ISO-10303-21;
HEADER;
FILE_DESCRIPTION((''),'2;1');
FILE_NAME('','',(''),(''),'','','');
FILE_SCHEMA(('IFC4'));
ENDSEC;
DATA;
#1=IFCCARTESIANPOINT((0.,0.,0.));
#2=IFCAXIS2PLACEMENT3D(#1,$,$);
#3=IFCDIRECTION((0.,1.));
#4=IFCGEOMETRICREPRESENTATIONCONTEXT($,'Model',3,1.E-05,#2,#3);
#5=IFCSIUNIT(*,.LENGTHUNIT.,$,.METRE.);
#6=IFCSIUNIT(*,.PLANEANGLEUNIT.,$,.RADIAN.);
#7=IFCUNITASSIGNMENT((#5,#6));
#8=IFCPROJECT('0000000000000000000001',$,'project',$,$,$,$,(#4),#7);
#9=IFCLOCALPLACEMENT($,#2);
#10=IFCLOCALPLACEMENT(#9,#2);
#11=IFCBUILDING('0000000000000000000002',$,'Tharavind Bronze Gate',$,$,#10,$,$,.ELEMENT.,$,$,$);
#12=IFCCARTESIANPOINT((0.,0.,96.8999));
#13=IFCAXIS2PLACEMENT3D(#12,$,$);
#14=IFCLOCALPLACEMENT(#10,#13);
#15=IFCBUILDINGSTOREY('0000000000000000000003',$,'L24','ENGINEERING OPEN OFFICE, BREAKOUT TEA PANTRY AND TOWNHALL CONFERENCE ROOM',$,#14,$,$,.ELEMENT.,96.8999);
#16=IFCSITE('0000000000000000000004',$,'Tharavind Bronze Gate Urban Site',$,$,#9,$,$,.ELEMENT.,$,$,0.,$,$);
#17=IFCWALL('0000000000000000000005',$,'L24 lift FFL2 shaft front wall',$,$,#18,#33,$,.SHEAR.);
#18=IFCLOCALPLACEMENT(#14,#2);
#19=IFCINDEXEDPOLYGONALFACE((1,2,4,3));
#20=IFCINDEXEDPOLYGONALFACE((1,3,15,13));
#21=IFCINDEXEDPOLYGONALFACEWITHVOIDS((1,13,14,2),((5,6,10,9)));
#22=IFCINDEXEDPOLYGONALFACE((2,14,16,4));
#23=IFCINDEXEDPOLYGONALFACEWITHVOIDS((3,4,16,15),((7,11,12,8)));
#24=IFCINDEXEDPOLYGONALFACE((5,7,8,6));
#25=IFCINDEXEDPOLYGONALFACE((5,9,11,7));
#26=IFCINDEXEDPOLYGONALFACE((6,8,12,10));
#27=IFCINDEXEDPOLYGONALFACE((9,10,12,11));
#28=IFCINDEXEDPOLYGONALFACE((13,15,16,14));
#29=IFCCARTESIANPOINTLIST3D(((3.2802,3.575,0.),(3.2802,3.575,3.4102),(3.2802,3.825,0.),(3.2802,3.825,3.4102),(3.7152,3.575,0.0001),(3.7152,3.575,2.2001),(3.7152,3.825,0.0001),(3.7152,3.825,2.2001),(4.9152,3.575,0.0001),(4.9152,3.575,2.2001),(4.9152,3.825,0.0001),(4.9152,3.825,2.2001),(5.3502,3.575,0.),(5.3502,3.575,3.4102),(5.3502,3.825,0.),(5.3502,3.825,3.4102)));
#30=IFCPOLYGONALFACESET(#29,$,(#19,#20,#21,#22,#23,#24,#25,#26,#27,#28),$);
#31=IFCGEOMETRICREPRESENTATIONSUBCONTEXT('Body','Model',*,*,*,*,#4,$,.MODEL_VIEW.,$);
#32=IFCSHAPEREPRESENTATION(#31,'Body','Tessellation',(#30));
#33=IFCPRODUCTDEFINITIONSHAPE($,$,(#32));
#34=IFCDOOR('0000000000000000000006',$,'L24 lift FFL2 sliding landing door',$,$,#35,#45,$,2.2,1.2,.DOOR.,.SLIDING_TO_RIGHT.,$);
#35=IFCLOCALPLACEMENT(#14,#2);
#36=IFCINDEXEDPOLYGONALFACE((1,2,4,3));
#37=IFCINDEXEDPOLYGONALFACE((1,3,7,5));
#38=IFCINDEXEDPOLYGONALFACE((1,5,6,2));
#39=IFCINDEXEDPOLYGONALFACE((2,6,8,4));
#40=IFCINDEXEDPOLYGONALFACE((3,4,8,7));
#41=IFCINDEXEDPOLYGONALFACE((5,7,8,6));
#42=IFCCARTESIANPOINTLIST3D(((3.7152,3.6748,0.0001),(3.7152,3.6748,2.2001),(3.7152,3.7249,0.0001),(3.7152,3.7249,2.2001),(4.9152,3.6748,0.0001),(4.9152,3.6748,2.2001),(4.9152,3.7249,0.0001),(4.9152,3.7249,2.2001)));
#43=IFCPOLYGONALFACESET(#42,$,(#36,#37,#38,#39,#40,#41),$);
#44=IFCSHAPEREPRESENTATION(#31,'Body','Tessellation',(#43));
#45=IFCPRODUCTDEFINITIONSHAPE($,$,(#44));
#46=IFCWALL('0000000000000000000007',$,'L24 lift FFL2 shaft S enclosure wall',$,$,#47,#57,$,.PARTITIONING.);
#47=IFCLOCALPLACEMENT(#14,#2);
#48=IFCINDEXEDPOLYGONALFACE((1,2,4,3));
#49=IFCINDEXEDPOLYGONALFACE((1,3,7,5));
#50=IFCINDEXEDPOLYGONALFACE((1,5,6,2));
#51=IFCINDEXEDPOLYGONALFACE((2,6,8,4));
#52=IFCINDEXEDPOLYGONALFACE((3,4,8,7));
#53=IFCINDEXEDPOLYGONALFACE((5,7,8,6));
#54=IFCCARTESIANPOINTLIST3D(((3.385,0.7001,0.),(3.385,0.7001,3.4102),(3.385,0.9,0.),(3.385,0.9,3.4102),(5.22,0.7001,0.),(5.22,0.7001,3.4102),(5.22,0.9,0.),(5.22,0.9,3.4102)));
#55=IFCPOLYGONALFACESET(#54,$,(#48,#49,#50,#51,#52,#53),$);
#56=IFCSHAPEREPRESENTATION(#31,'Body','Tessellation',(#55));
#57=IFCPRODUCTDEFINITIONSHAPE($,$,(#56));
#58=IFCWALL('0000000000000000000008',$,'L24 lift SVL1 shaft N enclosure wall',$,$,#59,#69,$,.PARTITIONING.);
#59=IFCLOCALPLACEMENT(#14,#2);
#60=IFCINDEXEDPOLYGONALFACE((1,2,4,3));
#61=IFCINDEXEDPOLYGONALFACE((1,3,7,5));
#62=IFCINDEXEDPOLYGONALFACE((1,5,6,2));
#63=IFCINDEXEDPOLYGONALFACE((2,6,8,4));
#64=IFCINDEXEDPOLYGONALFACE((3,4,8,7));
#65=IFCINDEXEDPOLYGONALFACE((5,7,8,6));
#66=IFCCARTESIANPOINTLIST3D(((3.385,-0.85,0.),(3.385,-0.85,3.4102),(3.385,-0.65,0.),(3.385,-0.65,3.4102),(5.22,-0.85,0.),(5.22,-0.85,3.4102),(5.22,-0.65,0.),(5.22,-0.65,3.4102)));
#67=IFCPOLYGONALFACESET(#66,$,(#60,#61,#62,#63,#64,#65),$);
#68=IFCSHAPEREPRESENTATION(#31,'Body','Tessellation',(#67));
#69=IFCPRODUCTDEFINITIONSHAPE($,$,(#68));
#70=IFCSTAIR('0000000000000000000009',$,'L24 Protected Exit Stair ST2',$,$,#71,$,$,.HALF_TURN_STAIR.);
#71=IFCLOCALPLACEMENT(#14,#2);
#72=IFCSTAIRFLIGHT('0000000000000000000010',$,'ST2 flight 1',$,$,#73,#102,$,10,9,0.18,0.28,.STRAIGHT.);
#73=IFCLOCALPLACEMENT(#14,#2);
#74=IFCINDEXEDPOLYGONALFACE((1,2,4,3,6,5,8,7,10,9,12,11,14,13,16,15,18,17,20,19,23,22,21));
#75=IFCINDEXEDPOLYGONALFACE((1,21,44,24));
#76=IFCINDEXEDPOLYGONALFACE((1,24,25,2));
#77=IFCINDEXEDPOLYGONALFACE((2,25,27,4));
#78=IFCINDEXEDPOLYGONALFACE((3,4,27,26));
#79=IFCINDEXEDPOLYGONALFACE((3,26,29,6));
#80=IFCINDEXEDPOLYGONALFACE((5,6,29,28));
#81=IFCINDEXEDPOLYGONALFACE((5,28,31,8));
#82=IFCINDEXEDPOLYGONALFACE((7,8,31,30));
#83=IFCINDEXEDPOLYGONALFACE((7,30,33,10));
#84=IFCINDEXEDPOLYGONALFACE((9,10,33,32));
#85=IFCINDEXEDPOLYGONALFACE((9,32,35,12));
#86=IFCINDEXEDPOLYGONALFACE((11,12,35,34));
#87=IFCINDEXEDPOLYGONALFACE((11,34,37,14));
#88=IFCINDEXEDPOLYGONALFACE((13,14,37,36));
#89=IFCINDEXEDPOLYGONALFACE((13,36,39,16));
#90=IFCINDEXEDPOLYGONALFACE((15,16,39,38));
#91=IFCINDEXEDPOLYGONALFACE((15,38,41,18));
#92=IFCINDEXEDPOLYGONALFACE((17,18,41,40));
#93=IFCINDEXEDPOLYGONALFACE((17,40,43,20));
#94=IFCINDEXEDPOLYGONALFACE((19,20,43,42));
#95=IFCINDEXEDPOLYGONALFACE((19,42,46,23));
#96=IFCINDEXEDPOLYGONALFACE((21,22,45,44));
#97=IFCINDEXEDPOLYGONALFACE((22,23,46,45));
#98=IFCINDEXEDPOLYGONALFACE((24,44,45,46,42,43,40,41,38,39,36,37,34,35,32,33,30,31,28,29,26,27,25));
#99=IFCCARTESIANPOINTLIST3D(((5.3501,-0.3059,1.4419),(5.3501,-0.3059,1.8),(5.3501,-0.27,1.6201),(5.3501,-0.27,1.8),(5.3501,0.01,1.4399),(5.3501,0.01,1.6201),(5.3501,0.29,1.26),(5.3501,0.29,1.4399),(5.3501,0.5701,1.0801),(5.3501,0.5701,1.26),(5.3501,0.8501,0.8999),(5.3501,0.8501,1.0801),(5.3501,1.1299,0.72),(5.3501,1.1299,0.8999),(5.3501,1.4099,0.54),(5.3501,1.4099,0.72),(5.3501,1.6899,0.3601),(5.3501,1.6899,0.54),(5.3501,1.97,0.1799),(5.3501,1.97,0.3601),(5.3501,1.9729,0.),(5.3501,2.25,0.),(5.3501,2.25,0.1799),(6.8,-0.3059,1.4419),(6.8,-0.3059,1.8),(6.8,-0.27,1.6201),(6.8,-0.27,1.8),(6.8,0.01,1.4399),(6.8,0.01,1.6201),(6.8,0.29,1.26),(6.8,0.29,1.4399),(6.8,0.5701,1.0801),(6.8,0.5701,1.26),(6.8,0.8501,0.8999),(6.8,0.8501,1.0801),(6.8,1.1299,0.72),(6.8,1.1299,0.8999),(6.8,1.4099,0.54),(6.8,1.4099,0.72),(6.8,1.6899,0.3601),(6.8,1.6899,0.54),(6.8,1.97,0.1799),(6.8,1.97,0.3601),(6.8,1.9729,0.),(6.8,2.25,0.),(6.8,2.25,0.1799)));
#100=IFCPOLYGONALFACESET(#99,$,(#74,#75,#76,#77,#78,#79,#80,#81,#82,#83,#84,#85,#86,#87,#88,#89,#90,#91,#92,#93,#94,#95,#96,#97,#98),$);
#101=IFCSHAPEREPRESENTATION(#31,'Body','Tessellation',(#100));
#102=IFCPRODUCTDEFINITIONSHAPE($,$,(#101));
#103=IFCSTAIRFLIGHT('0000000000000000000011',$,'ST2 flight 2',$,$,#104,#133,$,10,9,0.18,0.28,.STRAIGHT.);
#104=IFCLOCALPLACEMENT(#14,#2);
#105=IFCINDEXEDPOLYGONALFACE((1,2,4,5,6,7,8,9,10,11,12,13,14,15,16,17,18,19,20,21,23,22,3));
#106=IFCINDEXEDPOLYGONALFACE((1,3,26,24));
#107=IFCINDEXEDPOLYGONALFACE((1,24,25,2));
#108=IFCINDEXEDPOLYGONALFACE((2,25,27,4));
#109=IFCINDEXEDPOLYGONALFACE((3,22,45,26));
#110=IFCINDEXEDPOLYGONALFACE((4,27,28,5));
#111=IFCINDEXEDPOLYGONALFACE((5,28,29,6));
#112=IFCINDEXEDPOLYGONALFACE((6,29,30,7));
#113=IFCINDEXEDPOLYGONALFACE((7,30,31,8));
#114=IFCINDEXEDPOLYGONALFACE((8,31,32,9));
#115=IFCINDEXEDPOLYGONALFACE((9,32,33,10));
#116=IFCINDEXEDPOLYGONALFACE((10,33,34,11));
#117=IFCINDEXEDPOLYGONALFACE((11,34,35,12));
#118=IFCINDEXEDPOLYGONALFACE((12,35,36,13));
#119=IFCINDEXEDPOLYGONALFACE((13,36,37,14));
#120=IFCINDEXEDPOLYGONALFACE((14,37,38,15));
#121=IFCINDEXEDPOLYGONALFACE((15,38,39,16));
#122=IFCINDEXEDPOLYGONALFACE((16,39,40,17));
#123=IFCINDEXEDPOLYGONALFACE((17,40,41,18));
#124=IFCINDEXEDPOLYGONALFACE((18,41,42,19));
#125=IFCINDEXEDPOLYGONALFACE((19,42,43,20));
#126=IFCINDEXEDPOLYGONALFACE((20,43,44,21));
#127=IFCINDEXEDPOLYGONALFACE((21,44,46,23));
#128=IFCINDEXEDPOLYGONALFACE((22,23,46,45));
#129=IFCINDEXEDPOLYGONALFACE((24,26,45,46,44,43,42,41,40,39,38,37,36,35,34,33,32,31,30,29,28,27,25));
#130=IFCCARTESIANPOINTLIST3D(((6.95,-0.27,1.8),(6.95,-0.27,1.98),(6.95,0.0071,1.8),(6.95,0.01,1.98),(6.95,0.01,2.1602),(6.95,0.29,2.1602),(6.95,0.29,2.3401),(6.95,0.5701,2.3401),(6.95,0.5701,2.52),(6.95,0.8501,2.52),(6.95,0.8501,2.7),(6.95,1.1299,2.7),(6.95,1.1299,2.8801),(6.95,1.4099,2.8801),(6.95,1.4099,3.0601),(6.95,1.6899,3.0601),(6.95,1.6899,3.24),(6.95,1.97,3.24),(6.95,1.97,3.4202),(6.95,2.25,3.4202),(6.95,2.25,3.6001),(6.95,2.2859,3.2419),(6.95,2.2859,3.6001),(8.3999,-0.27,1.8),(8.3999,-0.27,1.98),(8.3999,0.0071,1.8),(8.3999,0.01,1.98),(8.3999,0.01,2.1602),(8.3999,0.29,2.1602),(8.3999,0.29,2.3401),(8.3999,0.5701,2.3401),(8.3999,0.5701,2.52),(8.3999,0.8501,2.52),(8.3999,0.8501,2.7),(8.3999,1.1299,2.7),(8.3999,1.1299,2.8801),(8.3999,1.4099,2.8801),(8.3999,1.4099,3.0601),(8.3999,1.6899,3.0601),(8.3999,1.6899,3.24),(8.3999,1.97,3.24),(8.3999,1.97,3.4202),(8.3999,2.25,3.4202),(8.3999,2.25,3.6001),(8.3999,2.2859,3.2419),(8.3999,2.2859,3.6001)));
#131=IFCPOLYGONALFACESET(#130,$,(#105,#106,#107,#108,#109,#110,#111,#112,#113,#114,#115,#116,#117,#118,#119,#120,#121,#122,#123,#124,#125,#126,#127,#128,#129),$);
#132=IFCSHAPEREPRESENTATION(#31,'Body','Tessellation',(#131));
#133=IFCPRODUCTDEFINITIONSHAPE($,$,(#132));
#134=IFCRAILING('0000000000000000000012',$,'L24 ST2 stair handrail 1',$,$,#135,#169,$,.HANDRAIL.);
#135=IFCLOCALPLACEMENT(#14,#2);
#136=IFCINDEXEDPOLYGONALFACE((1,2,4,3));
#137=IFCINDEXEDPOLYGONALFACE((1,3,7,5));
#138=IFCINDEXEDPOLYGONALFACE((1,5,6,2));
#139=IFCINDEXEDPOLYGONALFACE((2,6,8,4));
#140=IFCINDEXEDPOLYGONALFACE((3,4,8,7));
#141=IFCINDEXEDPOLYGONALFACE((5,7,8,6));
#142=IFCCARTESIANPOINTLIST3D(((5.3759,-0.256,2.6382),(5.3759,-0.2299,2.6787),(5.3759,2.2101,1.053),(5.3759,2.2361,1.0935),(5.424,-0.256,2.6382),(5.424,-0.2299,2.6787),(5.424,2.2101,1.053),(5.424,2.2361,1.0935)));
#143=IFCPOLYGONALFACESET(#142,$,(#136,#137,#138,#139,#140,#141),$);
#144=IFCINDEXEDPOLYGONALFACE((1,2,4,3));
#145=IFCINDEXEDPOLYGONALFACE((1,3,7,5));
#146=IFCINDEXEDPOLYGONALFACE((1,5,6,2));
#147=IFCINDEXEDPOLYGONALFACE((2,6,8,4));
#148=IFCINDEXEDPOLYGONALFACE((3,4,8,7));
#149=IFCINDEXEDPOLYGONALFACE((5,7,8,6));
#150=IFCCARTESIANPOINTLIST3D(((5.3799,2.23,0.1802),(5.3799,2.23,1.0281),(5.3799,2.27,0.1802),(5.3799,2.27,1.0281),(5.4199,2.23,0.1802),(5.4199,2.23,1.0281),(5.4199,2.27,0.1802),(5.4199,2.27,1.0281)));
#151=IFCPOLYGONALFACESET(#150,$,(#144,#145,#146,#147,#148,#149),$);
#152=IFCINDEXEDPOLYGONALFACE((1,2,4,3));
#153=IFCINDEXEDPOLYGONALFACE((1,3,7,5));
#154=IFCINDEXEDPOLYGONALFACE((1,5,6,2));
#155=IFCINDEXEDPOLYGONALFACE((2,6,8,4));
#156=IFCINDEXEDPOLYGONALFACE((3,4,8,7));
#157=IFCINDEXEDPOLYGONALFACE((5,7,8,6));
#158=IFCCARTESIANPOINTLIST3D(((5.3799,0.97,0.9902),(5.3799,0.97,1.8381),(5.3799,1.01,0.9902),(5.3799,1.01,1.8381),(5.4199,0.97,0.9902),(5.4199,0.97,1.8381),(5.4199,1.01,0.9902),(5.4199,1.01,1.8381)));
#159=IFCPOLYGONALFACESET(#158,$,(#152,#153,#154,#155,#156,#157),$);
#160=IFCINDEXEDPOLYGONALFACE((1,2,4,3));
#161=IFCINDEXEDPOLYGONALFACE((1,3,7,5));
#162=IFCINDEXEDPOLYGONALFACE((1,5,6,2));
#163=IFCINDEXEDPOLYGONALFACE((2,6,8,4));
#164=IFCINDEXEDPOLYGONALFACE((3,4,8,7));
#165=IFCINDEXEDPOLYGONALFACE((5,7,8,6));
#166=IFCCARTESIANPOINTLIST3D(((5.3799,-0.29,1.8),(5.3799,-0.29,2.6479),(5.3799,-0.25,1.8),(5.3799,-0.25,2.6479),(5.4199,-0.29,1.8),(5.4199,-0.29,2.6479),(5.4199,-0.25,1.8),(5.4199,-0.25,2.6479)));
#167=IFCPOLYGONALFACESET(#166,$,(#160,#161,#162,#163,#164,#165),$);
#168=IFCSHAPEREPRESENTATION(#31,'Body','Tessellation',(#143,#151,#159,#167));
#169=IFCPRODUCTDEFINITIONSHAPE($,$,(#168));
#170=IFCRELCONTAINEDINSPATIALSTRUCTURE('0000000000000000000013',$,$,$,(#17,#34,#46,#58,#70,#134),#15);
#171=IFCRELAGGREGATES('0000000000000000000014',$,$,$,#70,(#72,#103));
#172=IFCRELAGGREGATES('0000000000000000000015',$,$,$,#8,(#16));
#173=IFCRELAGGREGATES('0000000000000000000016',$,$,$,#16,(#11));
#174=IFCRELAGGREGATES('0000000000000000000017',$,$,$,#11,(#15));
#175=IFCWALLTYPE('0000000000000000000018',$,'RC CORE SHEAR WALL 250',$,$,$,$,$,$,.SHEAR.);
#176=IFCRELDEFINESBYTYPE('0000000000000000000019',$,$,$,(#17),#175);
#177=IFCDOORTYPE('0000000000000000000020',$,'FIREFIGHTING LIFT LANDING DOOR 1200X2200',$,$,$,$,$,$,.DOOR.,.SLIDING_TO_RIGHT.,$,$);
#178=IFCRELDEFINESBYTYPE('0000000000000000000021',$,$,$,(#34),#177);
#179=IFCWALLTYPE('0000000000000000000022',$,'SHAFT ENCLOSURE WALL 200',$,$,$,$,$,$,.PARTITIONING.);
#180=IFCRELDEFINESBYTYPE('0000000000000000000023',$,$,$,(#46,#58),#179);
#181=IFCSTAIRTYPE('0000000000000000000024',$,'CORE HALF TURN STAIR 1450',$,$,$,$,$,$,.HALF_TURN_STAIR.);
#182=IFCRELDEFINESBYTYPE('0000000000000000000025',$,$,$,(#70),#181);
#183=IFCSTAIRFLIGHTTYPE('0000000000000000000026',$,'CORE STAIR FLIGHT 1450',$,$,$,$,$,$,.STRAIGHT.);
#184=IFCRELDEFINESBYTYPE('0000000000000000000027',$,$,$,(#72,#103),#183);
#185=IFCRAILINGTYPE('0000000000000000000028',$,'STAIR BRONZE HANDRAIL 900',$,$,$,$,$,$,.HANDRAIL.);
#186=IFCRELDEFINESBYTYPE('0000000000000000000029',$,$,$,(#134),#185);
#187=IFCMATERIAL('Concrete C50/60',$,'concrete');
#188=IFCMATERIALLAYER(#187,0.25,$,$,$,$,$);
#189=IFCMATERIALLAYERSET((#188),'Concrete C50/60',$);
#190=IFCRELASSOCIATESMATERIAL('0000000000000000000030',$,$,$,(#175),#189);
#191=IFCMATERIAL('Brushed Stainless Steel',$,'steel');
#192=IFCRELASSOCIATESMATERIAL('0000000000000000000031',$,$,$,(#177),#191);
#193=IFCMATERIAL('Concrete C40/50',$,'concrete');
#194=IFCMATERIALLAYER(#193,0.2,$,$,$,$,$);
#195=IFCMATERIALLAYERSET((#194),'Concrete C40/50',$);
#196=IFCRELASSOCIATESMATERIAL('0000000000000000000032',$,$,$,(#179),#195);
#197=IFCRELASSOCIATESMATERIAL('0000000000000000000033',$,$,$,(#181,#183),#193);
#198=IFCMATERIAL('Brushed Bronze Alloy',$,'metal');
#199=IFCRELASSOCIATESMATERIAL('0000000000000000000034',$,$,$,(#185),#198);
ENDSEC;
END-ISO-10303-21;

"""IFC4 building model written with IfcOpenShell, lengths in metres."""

from ifc_helpers import new_model, si_unit, direction, frame, frame_2d, origin, origin_2d, place, context, subcontext, project, spatial, polyline, rectangle, outline, extrude, material, layer, layer_set, type_object, element, fill, aggregate, save


model = new_model("IFC4")

# Units and contexts
model_context = context("Model", 3, precision=1e-05, world=origin(), true_north=direction((0.0, 1.0)))
body_context = subcontext(model_context, "Body", "Model", "MODEL_VIEW")
ifc_project = project(units=[si_unit("LENGTHUNIT", "METRE"), si_unit("PLANEANGLEUNIT", "RADIAN")], contexts=[model_context])

# Site, building, storey
site_placement = place(None, origin())
site = spatial("IfcSite", under=ifc_project, at=site_placement, Name="Tharavind Bronze Gate Urban Site", CompositionType="ELEMENT", RefElevation=0.0)
building_placement = place(site_placement, origin())
building = spatial("IfcBuilding", under=site, at=building_placement, Name="Tharavind Bronze Gate", CompositionType="ELEMENT")
storey_placement = place(building_placement, frame((0.0, 0.0, 96.8999)))
storey = spatial("IfcBuildingStorey", under=building, at=storey_placement, Name="L24", Description="ENGINEERING OPEN OFFICE, BREAKOUT TEA PANTRY AND TOWNHALL CONFERENCE ROOM", CompositionType="ELEMENT", Elevation=96.8999)

# Wall, opening, door
ifc_material_1 = material(Name="Concrete C50/60", Category="concrete")
ifc_layer_1 = layer(ifc_material_1, 0.25)
ifc_layer_set_1 = layer_set([ifc_layer_1], Name="Concrete C50/60")
wall_type_1 = type_object("IfcWallType", Name="RC CORE SHEAR WALL 250", PredefinedType="SHEAR", material=ifc_layer_set_1)
wall_placement = place(storey_placement, frame((3.28, 3.7, 0.0), z_axis=(0.0, 0.0, 1.0), x_axis=(1.0, 0.0, 0.0)))
wall = element("IfcWall", 1, at=wall_placement, inside=storey, type_object=wall_type_1, Name="L24 lift FFL2 shaft front wall", PredefinedType="SHEAR", context=body_context, shape_type="SweptSolid", body=[
    extrude(rectangle(XDim=2.0701, YDim=0.25, at=frame_2d((1.0352, 0.0))), origin(), (0.0, 0.0, 1.0), 3.4102),
])
opening_placement = place(wall_placement, frame((0.4351, 0.0, 0.0)))
opening = element("IfcOpeningElement", 2, at=opening_placement, cuts=wall, PredefinedType="OPENING", context=body_context, shape_type="SweptSolid", body=[
    extrude(rectangle(XDim=1.2, YDim=2.2, at=frame_2d((0.6001, 1.1001))), frame((0.0, 0.135, 0.0), z_axis=(0.0, -1.0, 0.0), x_axis=(1.0, 0.0, 0.0)), (0.0, 0.0, 1.0), 0.27),
])
ifc_material_2 = material(Name="Brushed Stainless Steel", Category="steel")
door_type = type_object("IfcDoorType", Name="FIREFIGHTING LIFT LANDING DOOR 1200X2200", OperationType="SLIDING_TO_RIGHT", PredefinedType="DOOR", material=ifc_material_2)
door_placement = place(opening_placement, origin())
door = element("IfcDoor", 3, at=door_placement, inside=storey, type_object=door_type, Name="L24 lift FFL2 sliding landing door", OperationType="SLIDING_TO_RIGHT", OverallHeight=2.2, OverallWidth=1.2, PredefinedType="DOOR", context=body_context, shape_type="SweptSolid", body=[
    extrude(rectangle(XDim=1.2, YDim=2.2, at=frame_2d((0.6001, 1.1001))), frame((0.0, 0.0249, 0.0), z_axis=(0.0, -1.0, 0.0), x_axis=(1.0, 0.0, 0.0)), (0.0, 0.0, 1.0), 0.05),
])
fill(opening, door)

# Walls
ifc_material_3 = material(Name="Concrete C40/50", Category="concrete")
ifc_layer_2 = layer(ifc_material_3, 0.2)
ifc_layer_set_2 = layer_set([ifc_layer_2], Name="Concrete C40/50")
wall_type_2 = type_object("IfcWallType", Name="SHAFT ENCLOSURE WALL 200", PredefinedType="PARTITIONING", material=ifc_layer_set_2)
for number, where, z_axis, x_axis, name in (
    (4, (3.385, 0.8, 0.0), (0.0, 0.0, 1.0), (1.0, 0.0, 0.0), "L24 lift FFL2 shaft S enclosure wall"),
    (5, (3.385, -0.75, 0.0), (0.0, 0.0, 1.0), (1.0, 0.0, 0.0), "L24 lift SVL1 shaft N enclosure wall"),
):
    element("IfcWall", number, at=place(storey_placement, frame(where, z_axis=z_axis, x_axis=x_axis)), inside=storey, type_object=wall_type_2, Name=name, PredefinedType="PARTITIONING", context=body_context, shape_type="SweptSolid", body=[
        extrude(rectangle(XDim=1.835, YDim=0.2, at=frame_2d((0.9175, 0.0))), origin(), (0.0, 0.0, 1.0), 3.4102),
    ])

# Stair, stair flights
stair_type = type_object("IfcStairType", Name="CORE HALF TURN STAIR 1450", PredefinedType="HALF_TURN_STAIR", material=ifc_material_3)
stair_placement = place(storey_placement, origin())
stair = element("IfcStair", 6, at=stair_placement, inside=storey, type_object=stair_type, Name="L24 Protected Exit Stair ST2", PredefinedType="HALF_TURN_STAIR")
stair_flight_type = type_object("IfcStairFlightType", Name="CORE STAIR FLIGHT 1450", PredefinedType="STRAIGHT", material=ifc_material_3)
stair_flight_1_placement = place(storey_placement, frame((6.075, 2.25, 0.0), z_axis=(0.0, 0.0, 1.0), x_axis=(0.0, -1.0, 0.0)))
stair_flight_1 = element("IfcStairFlight", 7, at=stair_flight_1_placement, type_object=stair_flight_type, Name="ST2 flight 1", NumberOfRisers=10, NumberOfTreads=9, PredefinedType="STRAIGHT", RiserHeight=0.18, TreadLength=0.28, context=body_context, shape_type="SweptSolid", body=[
    extrude(outline(polyline([(0.0, 0.0), (0.0, 0.1799), (0.28, 0.1799), (0.28, 0.3601), (0.5601, 0.3601), (0.5601, 0.54), (0.8401, 0.54), (0.8401, 0.72), (1.1201, 0.72), (1.1201, 0.8999), (1.3999, 0.8999), (1.3999, 1.0801), (1.6799, 1.0801), (1.6799, 1.26), (1.96, 1.26), (1.96, 1.4399), (2.24, 1.4399), (2.24, 1.6201), (2.52, 1.6201), (2.52, 1.8), (2.5559, 1.8), (2.5559, 1.4419), (0.2771, 0.0), (0.0, 0.0)])), frame((0.0, 0.7251, 0.0), z_axis=(0.0, -1.0, 0.0), x_axis=(1.0, 0.0, 0.0)), (0.0, 0.0, 1.0), 1.45),
])
stair_flight_2_placement = place(storey_placement, frame((7.675, -0.27, 1.8), z_axis=(0.0, 0.0, 1.0), x_axis=(0.0, 1.0, 0.0)))
stair_flight_2 = element("IfcStairFlight", 8, at=stair_flight_2_placement, type_object=stair_flight_type, Name="ST2 flight 2", NumberOfRisers=10, NumberOfTreads=9, PredefinedType="STRAIGHT", RiserHeight=0.18, TreadLength=0.28, context=body_context, shape_type="SweptSolid", body=[
    extrude(outline(polyline([(0.0, 0.0), (0.0, 0.1799), (0.28, 0.1799), (0.28, 0.3601), (0.5601, 0.3601), (0.5601, 0.54), (0.8401, 0.54), (0.8401, 0.72), (1.1201, 0.72), (1.1201, 0.8999), (1.3999, 0.8999), (1.3999, 1.0801), (1.6799, 1.0801), (1.6799, 1.26), (1.96, 1.26), (1.96, 1.4399), (2.24, 1.4399), (2.24, 1.6201), (2.52, 1.6201), (2.52, 1.8), (2.5559, 1.8), (2.5559, 1.4419), (0.2771, 0.0), (0.0, 0.0)])), frame((0.0, 0.7251, 0.0), z_axis=(0.0, -1.0, 0.0), x_axis=(1.0, 0.0, 0.0)), (0.0, 0.0, 1.0), 1.45),
])
aggregate(stair, [stair_flight_1, stair_flight_2])

# Railing
ifc_material_4 = material(Name="Brushed Bronze Alloy", Category="metal")
railing_type_1 = type_object("IfcRailingType", Name="STAIR BRONZE HANDRAIL 900", PredefinedType="HANDRAIL", material=ifc_material_4)
railing_1_placement = place(storey_placement, frame((5.3999, 2.25, 0.1802)))
element("IfcRailing", 9, at=railing_1_placement, inside=storey, type_object=railing_type_1, Name="L24 ST2 stair handrail 1", PredefinedType="HANDRAIL", context=body_context, shape_type="SweptSolid", body=[
    extrude(rectangle(XDim=0.0481, YDim=0.0481, at=origin_2d()), frame((0.0, -0.0269, 0.8931), z_axis=(0.0, -0.8412, 0.540725), x_axis=(1.0, 0.0, 0.0)), (0.0, 0.0, 1.0), 2.9316),
    extrude(rectangle(XDim=0.04, YDim=0.04, at=origin_2d()), origin(), (0.0, 0.0, 1.0), 0.8479),
    extrude(rectangle(XDim=0.04, YDim=0.04, at=origin_2d()), frame((0.0, -1.26, 0.8101)), (0.0, 0.0, 1.0), 0.8479),
    extrude(rectangle(XDim=0.04, YDim=0.04, at=origin_2d()), frame((0.0, -2.52, 1.6199)), (0.0, 0.0, 1.0), 0.8479),
])

save(model, "model.ifc")
